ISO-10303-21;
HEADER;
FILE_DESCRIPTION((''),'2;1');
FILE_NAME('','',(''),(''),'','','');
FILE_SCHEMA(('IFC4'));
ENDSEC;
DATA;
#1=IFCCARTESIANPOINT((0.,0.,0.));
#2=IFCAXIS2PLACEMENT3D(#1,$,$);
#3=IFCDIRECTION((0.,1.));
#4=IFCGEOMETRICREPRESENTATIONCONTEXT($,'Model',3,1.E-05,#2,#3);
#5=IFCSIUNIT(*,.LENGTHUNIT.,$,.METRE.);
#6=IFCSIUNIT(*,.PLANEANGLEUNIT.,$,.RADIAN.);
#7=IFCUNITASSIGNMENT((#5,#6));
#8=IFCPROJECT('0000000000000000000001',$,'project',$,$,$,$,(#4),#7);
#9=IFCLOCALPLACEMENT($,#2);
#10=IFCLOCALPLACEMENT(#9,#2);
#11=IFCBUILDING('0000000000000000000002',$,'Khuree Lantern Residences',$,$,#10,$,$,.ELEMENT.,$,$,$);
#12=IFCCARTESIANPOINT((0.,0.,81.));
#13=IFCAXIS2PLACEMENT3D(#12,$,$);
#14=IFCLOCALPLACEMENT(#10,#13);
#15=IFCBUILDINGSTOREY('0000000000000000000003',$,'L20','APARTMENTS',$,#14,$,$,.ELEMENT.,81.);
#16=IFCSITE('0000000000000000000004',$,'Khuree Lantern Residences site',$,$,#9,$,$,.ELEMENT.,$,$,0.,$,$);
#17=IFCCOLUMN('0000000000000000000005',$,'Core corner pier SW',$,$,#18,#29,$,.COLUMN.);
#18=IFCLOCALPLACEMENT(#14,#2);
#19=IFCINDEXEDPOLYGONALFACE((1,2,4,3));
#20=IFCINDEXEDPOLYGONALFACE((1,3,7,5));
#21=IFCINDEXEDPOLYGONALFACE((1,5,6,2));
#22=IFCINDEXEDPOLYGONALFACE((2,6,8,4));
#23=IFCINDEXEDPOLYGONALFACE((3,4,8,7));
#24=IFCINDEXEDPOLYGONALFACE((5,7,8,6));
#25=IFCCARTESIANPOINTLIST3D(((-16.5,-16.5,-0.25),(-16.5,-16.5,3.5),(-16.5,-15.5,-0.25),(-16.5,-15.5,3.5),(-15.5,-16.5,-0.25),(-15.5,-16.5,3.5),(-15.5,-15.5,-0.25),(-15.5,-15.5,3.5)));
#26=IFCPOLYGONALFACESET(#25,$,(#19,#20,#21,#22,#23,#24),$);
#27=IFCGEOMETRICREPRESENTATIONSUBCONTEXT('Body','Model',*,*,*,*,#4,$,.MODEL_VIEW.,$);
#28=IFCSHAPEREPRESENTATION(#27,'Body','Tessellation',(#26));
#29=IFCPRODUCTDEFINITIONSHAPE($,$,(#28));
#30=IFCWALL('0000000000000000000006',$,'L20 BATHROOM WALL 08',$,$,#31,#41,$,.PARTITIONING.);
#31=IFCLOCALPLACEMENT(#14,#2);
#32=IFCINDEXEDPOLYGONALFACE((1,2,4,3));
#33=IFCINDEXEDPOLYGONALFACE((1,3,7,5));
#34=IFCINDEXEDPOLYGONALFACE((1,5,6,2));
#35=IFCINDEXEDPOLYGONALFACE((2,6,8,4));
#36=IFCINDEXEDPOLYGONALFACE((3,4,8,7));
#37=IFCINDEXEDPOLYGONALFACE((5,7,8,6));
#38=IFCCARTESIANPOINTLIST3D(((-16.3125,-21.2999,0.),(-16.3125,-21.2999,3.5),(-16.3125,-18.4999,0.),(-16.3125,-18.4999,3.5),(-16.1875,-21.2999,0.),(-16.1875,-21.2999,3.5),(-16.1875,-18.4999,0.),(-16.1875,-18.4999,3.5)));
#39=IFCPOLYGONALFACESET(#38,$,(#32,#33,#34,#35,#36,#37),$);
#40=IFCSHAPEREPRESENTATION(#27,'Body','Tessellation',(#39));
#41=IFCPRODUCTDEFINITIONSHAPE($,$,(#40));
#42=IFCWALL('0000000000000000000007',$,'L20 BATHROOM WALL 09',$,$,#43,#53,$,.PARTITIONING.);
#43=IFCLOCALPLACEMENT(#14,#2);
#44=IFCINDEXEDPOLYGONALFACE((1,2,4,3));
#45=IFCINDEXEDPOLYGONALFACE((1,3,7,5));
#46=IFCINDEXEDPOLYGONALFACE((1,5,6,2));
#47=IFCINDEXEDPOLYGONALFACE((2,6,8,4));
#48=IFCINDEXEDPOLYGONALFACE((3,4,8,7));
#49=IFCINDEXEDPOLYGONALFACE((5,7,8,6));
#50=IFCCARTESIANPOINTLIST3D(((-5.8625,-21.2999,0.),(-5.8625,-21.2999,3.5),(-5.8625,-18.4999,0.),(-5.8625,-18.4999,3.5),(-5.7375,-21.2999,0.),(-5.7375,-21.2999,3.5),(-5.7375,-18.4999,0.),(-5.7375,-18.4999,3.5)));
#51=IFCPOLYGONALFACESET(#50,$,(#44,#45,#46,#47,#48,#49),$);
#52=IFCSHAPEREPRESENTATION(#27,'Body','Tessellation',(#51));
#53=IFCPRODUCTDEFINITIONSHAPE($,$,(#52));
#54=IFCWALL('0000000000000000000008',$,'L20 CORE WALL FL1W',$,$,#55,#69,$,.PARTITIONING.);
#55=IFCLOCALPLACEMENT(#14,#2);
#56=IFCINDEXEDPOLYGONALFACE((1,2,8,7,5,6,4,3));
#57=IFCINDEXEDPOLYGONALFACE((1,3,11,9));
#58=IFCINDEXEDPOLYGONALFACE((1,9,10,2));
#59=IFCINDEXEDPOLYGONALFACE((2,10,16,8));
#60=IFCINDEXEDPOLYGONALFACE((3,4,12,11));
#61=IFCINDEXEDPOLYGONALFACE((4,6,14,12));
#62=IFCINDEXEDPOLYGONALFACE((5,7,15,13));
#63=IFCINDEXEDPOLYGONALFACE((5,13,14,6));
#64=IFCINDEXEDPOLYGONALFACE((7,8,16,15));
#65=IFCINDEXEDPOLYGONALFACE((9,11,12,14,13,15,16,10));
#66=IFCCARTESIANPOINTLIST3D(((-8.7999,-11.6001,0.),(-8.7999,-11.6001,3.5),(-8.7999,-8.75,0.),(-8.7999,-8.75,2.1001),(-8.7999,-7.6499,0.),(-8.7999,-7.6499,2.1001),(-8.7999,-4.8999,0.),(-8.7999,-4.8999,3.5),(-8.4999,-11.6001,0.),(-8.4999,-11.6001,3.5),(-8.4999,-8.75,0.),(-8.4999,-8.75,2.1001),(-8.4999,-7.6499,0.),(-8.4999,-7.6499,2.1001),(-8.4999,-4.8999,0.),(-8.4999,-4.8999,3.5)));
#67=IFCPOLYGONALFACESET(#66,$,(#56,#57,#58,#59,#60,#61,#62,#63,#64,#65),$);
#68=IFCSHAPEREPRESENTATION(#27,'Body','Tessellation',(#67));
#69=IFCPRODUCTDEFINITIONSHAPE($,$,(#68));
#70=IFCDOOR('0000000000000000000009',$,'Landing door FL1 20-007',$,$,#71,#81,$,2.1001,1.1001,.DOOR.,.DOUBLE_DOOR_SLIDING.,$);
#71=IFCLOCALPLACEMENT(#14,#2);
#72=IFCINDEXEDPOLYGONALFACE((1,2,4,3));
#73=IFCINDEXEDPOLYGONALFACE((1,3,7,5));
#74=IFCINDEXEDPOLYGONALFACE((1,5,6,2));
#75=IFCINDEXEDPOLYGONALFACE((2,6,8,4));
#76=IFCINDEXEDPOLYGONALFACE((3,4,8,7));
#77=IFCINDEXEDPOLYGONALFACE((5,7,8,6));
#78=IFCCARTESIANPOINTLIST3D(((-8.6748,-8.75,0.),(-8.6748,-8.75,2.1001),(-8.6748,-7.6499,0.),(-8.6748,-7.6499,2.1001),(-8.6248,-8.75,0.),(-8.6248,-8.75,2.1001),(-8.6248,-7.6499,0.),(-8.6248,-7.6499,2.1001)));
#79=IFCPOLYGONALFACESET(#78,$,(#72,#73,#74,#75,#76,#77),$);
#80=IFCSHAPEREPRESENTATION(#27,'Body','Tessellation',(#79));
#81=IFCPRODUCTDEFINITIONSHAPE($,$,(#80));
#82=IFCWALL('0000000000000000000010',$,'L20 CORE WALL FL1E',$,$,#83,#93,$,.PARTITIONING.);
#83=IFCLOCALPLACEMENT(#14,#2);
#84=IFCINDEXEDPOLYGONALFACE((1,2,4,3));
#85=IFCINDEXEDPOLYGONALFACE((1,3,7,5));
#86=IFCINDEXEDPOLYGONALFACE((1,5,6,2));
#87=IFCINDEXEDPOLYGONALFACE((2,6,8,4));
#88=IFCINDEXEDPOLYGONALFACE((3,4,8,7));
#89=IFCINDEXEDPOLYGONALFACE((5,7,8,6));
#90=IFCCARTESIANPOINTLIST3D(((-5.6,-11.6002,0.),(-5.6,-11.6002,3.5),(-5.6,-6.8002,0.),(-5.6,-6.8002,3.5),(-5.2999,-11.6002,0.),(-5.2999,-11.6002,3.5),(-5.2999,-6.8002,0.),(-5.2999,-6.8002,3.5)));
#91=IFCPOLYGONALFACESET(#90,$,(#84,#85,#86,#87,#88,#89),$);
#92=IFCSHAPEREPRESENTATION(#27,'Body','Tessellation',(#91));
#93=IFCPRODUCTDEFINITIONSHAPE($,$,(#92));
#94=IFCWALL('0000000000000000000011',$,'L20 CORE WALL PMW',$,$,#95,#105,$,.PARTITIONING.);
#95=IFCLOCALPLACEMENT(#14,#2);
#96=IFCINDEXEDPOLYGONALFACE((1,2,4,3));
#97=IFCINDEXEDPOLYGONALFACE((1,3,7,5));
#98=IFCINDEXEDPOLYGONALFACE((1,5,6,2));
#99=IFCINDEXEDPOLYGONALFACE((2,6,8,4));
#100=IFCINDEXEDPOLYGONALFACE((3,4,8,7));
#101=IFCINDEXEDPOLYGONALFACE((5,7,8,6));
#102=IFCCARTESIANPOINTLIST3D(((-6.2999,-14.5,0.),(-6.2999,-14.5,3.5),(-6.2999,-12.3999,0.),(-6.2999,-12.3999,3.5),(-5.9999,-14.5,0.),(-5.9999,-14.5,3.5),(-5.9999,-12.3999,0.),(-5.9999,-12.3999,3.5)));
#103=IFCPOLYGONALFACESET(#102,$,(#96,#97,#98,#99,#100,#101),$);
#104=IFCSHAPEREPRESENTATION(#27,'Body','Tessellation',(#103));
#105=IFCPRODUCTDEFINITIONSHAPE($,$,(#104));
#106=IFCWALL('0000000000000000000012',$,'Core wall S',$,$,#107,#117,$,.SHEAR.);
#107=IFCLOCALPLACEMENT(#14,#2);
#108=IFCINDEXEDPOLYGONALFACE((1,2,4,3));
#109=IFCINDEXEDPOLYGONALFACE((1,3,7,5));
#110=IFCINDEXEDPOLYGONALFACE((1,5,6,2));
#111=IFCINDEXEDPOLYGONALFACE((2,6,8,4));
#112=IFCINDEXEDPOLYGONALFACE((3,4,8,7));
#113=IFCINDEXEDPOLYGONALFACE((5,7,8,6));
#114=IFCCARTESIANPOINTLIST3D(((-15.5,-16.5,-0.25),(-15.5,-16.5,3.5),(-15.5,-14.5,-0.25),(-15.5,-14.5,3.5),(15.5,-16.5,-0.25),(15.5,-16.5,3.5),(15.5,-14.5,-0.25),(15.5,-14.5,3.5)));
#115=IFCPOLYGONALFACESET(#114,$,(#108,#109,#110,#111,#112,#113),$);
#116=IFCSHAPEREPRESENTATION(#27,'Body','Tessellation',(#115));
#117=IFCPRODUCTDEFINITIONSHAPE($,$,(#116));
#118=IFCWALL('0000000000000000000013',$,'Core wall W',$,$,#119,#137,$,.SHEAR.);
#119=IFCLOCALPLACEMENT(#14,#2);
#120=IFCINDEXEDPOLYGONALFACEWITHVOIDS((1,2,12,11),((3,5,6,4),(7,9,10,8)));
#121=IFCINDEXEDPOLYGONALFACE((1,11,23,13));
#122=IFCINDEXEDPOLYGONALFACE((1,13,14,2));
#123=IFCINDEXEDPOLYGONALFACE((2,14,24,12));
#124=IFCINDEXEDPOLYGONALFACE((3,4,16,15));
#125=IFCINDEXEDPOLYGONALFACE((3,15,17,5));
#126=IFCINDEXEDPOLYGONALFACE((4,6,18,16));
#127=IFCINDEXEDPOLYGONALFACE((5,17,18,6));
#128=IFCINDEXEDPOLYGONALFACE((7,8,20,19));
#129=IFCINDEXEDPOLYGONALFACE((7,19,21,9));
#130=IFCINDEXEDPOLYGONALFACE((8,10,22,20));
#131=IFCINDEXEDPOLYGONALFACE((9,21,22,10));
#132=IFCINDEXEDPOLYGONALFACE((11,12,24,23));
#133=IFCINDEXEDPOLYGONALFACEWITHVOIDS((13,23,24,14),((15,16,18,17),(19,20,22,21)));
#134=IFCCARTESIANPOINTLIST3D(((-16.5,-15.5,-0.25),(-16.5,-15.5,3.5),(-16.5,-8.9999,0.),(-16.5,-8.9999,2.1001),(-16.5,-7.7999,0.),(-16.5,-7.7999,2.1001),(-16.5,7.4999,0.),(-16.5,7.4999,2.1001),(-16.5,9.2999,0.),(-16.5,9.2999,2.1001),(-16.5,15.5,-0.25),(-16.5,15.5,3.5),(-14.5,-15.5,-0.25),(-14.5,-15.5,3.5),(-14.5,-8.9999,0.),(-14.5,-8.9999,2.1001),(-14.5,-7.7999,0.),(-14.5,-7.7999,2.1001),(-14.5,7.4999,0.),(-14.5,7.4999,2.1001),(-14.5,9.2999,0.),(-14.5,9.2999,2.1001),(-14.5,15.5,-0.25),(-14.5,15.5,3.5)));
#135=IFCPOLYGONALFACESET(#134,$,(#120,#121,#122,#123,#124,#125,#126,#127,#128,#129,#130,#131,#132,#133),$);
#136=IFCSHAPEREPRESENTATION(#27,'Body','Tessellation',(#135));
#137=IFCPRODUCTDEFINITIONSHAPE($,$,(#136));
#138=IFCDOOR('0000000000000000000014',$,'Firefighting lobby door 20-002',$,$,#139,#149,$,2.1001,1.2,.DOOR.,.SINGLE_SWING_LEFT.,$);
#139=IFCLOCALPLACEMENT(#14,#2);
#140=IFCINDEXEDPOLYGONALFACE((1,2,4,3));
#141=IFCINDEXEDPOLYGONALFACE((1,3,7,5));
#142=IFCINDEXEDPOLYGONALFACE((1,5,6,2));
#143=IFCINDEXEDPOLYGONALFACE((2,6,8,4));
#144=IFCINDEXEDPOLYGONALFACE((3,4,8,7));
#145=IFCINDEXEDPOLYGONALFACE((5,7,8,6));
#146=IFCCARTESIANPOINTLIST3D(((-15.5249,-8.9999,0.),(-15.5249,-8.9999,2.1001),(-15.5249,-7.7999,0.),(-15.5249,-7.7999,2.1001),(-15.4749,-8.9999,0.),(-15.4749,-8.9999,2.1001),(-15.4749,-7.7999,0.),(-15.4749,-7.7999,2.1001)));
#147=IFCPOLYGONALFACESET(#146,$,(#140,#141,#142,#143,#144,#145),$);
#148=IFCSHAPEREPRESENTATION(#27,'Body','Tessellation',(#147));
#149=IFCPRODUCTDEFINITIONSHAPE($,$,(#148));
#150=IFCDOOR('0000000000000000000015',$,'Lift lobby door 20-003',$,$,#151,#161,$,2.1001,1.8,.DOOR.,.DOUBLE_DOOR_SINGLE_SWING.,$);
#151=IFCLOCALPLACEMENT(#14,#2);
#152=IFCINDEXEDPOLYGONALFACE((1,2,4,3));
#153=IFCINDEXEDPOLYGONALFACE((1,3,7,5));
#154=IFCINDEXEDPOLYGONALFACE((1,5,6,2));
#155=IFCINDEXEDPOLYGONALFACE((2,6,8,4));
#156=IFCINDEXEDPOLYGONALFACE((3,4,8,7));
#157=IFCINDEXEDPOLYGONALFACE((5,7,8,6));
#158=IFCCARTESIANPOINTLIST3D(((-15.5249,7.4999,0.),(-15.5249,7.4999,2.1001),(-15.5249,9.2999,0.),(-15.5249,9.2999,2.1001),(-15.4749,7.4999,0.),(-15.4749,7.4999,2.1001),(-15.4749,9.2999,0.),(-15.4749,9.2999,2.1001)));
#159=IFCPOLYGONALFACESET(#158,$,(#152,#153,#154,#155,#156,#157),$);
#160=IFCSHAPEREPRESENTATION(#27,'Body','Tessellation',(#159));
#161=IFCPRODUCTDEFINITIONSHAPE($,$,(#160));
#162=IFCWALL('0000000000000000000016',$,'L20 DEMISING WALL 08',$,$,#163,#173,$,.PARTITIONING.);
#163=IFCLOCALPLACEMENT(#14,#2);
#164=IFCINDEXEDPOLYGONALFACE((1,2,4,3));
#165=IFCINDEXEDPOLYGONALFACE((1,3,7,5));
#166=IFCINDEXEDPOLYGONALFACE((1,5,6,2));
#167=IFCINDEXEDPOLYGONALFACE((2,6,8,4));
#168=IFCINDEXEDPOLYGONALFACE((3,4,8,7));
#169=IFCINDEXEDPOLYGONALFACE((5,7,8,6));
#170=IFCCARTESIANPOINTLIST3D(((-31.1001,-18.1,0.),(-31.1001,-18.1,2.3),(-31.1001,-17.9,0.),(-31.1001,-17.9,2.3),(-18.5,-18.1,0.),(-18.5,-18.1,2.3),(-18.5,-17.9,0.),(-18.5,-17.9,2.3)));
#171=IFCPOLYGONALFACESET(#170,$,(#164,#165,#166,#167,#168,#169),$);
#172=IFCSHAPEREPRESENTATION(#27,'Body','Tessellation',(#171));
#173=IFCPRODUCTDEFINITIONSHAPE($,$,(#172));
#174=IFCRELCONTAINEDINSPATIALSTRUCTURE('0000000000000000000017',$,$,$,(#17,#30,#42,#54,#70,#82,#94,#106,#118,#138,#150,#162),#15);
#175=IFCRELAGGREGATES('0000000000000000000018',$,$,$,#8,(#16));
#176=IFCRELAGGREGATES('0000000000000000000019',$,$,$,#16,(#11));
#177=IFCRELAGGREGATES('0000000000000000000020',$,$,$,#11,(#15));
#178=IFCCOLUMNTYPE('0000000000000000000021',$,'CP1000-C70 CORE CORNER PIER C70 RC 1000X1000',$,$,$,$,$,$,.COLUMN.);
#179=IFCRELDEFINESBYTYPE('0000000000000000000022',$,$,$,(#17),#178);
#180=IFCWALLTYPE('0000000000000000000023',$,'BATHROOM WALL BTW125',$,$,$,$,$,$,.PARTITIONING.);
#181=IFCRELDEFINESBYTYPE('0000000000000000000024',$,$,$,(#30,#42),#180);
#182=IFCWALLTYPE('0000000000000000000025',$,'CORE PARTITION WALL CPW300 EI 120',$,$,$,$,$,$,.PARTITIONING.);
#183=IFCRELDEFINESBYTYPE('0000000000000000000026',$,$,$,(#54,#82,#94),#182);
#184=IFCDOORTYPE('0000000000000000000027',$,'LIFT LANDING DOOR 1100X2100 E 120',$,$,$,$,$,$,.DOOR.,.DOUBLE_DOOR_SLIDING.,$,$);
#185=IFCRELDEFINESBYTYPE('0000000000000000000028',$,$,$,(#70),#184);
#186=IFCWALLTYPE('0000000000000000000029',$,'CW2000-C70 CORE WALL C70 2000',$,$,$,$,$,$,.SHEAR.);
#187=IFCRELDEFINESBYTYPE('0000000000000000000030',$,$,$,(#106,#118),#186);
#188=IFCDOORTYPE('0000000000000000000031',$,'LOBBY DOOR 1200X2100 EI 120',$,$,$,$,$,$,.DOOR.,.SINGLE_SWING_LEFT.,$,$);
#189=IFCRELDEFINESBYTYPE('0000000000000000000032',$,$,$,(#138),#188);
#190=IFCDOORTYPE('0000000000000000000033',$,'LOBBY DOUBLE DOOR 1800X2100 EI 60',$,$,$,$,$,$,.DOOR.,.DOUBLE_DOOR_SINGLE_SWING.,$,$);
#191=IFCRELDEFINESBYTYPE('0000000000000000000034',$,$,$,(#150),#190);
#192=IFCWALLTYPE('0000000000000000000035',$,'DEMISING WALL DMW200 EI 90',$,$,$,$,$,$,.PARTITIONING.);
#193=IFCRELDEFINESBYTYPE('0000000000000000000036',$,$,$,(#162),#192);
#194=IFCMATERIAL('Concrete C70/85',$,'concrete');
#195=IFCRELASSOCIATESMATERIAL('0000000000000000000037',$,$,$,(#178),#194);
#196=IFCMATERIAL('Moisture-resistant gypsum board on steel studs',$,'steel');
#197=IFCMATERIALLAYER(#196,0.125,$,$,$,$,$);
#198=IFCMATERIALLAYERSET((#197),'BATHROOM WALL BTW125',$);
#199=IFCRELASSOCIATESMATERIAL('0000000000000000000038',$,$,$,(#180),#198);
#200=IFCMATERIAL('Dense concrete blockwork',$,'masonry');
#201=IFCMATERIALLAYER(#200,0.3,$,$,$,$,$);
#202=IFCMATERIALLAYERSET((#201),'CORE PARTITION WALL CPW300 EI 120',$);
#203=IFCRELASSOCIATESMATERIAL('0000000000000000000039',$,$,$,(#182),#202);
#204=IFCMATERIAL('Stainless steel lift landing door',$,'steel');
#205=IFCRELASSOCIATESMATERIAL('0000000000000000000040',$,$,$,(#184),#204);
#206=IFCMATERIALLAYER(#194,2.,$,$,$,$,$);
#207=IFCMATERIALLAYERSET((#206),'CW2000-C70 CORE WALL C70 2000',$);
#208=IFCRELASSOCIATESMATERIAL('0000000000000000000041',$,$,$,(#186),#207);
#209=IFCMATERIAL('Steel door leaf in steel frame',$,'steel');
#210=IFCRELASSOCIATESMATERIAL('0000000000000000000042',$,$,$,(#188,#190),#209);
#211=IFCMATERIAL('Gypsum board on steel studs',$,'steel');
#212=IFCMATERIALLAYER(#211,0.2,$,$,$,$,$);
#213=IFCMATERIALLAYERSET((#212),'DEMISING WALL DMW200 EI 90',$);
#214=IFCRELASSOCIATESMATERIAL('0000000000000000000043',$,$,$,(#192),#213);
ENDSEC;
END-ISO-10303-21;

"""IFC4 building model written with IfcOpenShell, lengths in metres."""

from ifc_helpers import new_model, si_unit, direction, frame, frame_2d, origin, origin_2d, place, context, subcontext, project, spatial, rectangle, extrude, material, layer, layer_set, material_profile, profile_set, type_object, element, fill, save


model = new_model("IFC4")

# Units and contexts
model_context = context("Model", 3, precision=1e-05, world=origin(), true_north=direction((0.0, 1.0)))
body_context = subcontext(model_context, "Body", "Model", "MODEL_VIEW")
ifc_project = project(units=[si_unit("LENGTHUNIT", "METRE"), si_unit("PLANEANGLEUNIT", "RADIAN")], contexts=[model_context])

# Site, building, storey
site_placement = place(None, origin())
site = spatial("IfcSite", under=ifc_project, at=site_placement, Name="Khuree Lantern Residences site", CompositionType="ELEMENT", RefElevation=0.0)
building_placement = place(site_placement, origin())
building = spatial("IfcBuilding", under=site, at=building_placement, Name="Khuree Lantern Residences", CompositionType="ELEMENT")
storey_placement = place(building_placement, frame((0.0, 0.0, 81.0)))
storey = spatial("IfcBuildingStorey", under=building, at=storey_placement, Name="L20", Description="APARTMENTS", CompositionType="ELEMENT", Elevation=81.0)

# Column
ifc_material_1 = material(Name="Concrete C70/85", Category="concrete")
ifc_material_profile = material_profile(ifc_material_1, rectangle(XDim=1.0, YDim=1.0, at=origin_2d()), Name="RC 1000X1000")
ifc_profile_set = profile_set([ifc_material_profile], Name="Concrete C70/85")
column_type = type_object("IfcColumnType", Name="CP1000-C70 CORE CORNER PIER C70 RC 1000X1000", PredefinedType="COLUMN", material=ifc_profile_set)
column_placement = place(storey_placement, frame((-16.0, -16.0, -0.25), z_axis=(0.0, 0.0, 1.0), x_axis=(1.0, 0.0, 0.0)))
element("IfcColumn", 1, at=column_placement, inside=storey, type_object=column_type, Name="Core corner pier SW", PredefinedType="COLUMN", context=body_context, shape_type="SweptSolid", body=[
    extrude(rectangle(XDim=1.0, YDim=1.0, at=origin_2d()), origin(), (0.0, 0.0, 1.0), 3.75),
])

# Walls
ifc_material_2 = material(Name="Moisture-resistant gypsum board on steel studs", Category="steel")
ifc_layer_1 = layer(ifc_material_2, 0.125)
ifc_layer_set_1 = layer_set([ifc_layer_1], Name="BATHROOM WALL BTW125")
wall_type_1 = type_object("IfcWallType", Name="BATHROOM WALL BTW125", PredefinedType="PARTITIONING", material=ifc_layer_set_1)
for number, where, z_axis, x_axis, name in (
    (2, (-16.25, -18.5, 0.0), (0.0, 0.0, 1.0), (0.0, -1.0, 0.0), "L20 BATHROOM WALL 08"),
    (3, (-5.8, -18.5, 0.0), (0.0, 0.0, 1.0), (0.0, -1.0, 0.0), "L20 BATHROOM WALL 09"),
):
    element("IfcWall", number, at=place(storey_placement, frame(where, z_axis=z_axis, x_axis=x_axis)), inside=storey, type_object=wall_type_1, Name=name, PredefinedType="PARTITIONING", context=body_context, shape_type="SweptSolid", body=[
        extrude(rectangle(XDim=2.8, YDim=0.125, at=frame_2d((1.3999, 0.0))), origin(), (0.0, 0.0, 1.0), 3.5),
    ])

# Wall, opening, door
ifc_material_3 = material(Name="Dense concrete blockwork", Category="masonry")
ifc_layer_2 = layer(ifc_material_3, 0.3)
ifc_layer_set_2 = layer_set([ifc_layer_2], Name="CORE PARTITION WALL CPW300 EI 120")
wall_type_2 = type_object("IfcWallType", Name="CORE PARTITION WALL CPW300 EI 120", PredefinedType="PARTITIONING", material=ifc_layer_set_2)
wall_1_placement = place(storey_placement, frame((-8.6499, -11.6001, 0.0), z_axis=(0.0, 0.0, 1.0), x_axis=(0.0, 1.0, 0.0)))
wall_1 = element("IfcWall", 4, at=wall_1_placement, inside=storey, type_object=wall_type_2, Name="L20 CORE WALL FL1W", PredefinedType="PARTITIONING", context=body_context, shape_type="SweptSolid", body=[
    extrude(rectangle(XDim=6.7002, YDim=0.3, at=frame_2d((3.3501, 0.0))), origin(), (0.0, 0.0, 1.0), 3.5),
])
opening_1_placement = place(wall_1_placement, frame((2.8501, 0.0, 0.0)))
opening_1 = element("IfcOpeningElement", 5, at=opening_1_placement, cuts=wall_1, PredefinedType="OPENING", context=body_context, shape_type="SweptSolid", body=[
    extrude(rectangle(XDim=1.1001, YDim=2.1001, at=frame_2d((0.55, 1.05))), frame((0.0, 0.1602, 0.0), z_axis=(0.0, -1.0, 0.0), x_axis=(1.0, 0.0, 0.0)), (0.0, 0.0, 1.0), 0.3201),
])
ifc_material_4 = material(Name="Stainless steel lift landing door", Category="steel")
door_type_1 = type_object("IfcDoorType", Name="LIFT LANDING DOOR 1100X2100 E 120", OperationType="DOUBLE_DOOR_SLIDING", PredefinedType="DOOR", material=ifc_material_4)
door_1_placement = place(opening_1_placement, origin())
door_1 = element("IfcDoor", 6, at=door_1_placement, inside=storey, type_object=door_type_1, Name="Landing door FL1 20-007", OperationType="DOUBLE_DOOR_SLIDING", OverallHeight=2.1001, OverallWidth=1.1001, PredefinedType="DOOR", context=body_context, shape_type="SweptSolid", body=[
    extrude(rectangle(XDim=1.1001, YDim=2.1001, at=frame_2d((0.55, 1.05))), frame((0.0, 0.0249, 0.0), z_axis=(0.0, -1.0, 0.0), x_axis=(1.0, 0.0, 0.0)), (0.0, 0.0, 1.0), 0.05),
])
fill(opening_1, door_1)

# Walls
wall_2_placement = place(storey_placement, frame((-5.45, -11.6001, 0.0), z_axis=(0.0, 0.0, 1.0), x_axis=(0.0, 1.0, 0.0)))
element("IfcWall", 7, at=wall_2_placement, inside=storey, type_object=wall_type_2, Name="L20 CORE WALL FL1E", PredefinedType="PARTITIONING", context=body_context, shape_type="SweptSolid", body=[
    extrude(rectangle(XDim=4.8, YDim=0.3, at=frame_2d((2.3999, 0.0))), origin(), (0.0, 0.0, 1.0), 3.5),
])
wall_3_placement = place(storey_placement, frame((-6.1499, -14.5, 0.0), z_axis=(0.0, 0.0, 1.0), x_axis=(0.0, 1.0, 0.0)))
element("IfcWall", 8, at=wall_3_placement, inside=storey, type_object=wall_type_2, Name="L20 CORE WALL PMW", PredefinedType="PARTITIONING", context=body_context, shape_type="SweptSolid", body=[
    extrude(rectangle(XDim=2.1001, YDim=0.3, at=frame_2d((1.05, 0.0))), origin(), (0.0, 0.0, 1.0), 3.5),
])
ifc_layer_3 = layer(ifc_material_1, 2.0)
ifc_layer_set_3 = layer_set([ifc_layer_3], Name="CW2000-C70 CORE WALL C70 2000")
wall_type_3 = type_object("IfcWallType", Name="CW2000-C70 CORE WALL C70 2000", PredefinedType="SHEAR", material=ifc_layer_set_3)
wall_4_placement = place(storey_placement, frame((-15.5, -15.5, -0.25), z_axis=(0.0, 0.0, 1.0), x_axis=(1.0, 0.0, 0.0)))
element("IfcWall", 9, at=wall_4_placement, inside=storey, type_object=wall_type_3, Name="Core wall S", PredefinedType="SHEAR", context=body_context, shape_type="SweptSolid", body=[
    extrude(rectangle(XDim=31.0, YDim=2.0, at=frame_2d((15.5, 0.0))), origin(), (0.0, 0.0, 1.0), 3.75),
])

# Wall, openings, doors
wall_5_placement = place(storey_placement, frame((-15.5, -15.5, -0.25), z_axis=(0.0, 0.0, 1.0), x_axis=(0.0, 1.0, 0.0)))
wall_5 = element("IfcWall", 10, at=wall_5_placement, inside=storey, type_object=wall_type_3, Name="Core wall W", PredefinedType="SHEAR", context=body_context, shape_type="SweptSolid", body=[
    extrude(rectangle(XDim=31.0, YDim=2.0, at=frame_2d((15.5, 0.0))), origin(), (0.0, 0.0, 1.0), 3.75),
])
opening_2_placement = place(wall_5_placement, frame((6.5, 0.0, 0.25)))
opening_2 = element("IfcOpeningElement", 11, at=opening_2_placement, cuts=wall_5, PredefinedType="OPENING", context=body_context, shape_type="SweptSolid", body=[
    extrude(rectangle(XDim=1.2, YDim=2.1001, at=frame_2d((0.6001, 1.05))), frame((0.0, 1.01, 0.0), z_axis=(0.0, -1.0, 0.0), x_axis=(1.0, 0.0, 0.0)), (0.0, 0.0, 1.0), 2.02),
])
opening_3_placement = place(wall_5_placement, frame((23.0, 0.0, 0.25)))
opening_3 = element("IfcOpeningElement", 12, at=opening_3_placement, cuts=wall_5, PredefinedType="OPENING", context=body_context, shape_type="SweptSolid", body=[
    extrude(rectangle(XDim=1.8, YDim=2.1001, at=frame_2d((0.8999, 1.05))), frame((0.0, 1.01, 0.0), z_axis=(0.0, -1.0, 0.0), x_axis=(1.0, 0.0, 0.0)), (0.0, 0.0, 1.0), 2.02),
])
ifc_material_5 = material(Name="Steel door leaf in steel frame", Category="steel")
door_type_2 = type_object("IfcDoorType", Name="LOBBY DOOR 1200X2100 EI 120", OperationType="SINGLE_SWING_LEFT", PredefinedType="DOOR", material=ifc_material_5)
door_2_placement = place(opening_2_placement, origin())
door_2 = element("IfcDoor", 13, at=door_2_placement, inside=storey, type_object=door_type_2, Name="Firefighting lobby door 20-002", OperationType="SINGLE_SWING_LEFT", OverallHeight=2.1001, OverallWidth=1.2, PredefinedType="DOOR", context=body_context, shape_type="SweptSolid", body=[
    extrude(rectangle(XDim=1.2, YDim=2.1001, at=frame_2d((0.6001, 1.05))), frame((0.0, 0.0249, 0.0), z_axis=(0.0, -1.0, 0.0), x_axis=(1.0, 0.0, 0.0)), (0.0, 0.0, 1.0), 0.05),
])
fill(opening_2, door_2)
door_type_3 = type_object("IfcDoorType", Name="LOBBY DOUBLE DOOR 1800X2100 EI 60", OperationType="DOUBLE_DOOR_SINGLE_SWING", PredefinedType="DOOR", material=ifc_material_5)
door_3_placement = place(opening_3_placement, origin())
door_3 = element("IfcDoor", 14, at=door_3_placement, inside=storey, type_object=door_type_3, Name="Lift lobby door 20-003", OperationType="DOUBLE_DOOR_SINGLE_SWING", OverallHeight=2.1001, OverallWidth=1.8, PredefinedType="DOOR", context=body_context, shape_type="SweptSolid", body=[
    extrude(rectangle(XDim=1.8, YDim=2.1001, at=frame_2d((0.8999, 1.05))), frame((0.0, 0.0249, 0.0), z_axis=(0.0, -1.0, 0.0), x_axis=(1.0, 0.0, 0.0)), (0.0, 0.0, 1.0), 0.05),
])
fill(opening_3, door_3)

# Wall
ifc_material_6 = material(Name="Gypsum board on steel studs", Category="steel")
ifc_layer_4 = layer(ifc_material_6, 0.2)
ifc_layer_set_4 = layer_set([ifc_layer_4], Name="DEMISING WALL DMW200 EI 90")
wall_type_4 = type_object("IfcWallType", Name="DEMISING WALL DMW200 EI 90", PredefinedType="PARTITIONING", material=ifc_layer_set_4)
wall_6_placement = place(storey_placement, frame((-18.5, -18.0, 0.0), z_axis=(0.0, 0.0, 1.0), x_axis=(-1.0, 0.0, 0.0)))
element("IfcWall", 15, at=wall_6_placement, inside=storey, type_object=wall_type_4, Name="L20 DEMISING WALL 08", PredefinedType="PARTITIONING", context=body_context, shape_type="SweptSolid", body=[
    extrude(rectangle(XDim=12.6001, YDim=0.2, at=frame_2d((6.3, 0.0))), origin(), (0.0, 0.0, 1.0), 2.3),
])

save(model, "model.ifc")
